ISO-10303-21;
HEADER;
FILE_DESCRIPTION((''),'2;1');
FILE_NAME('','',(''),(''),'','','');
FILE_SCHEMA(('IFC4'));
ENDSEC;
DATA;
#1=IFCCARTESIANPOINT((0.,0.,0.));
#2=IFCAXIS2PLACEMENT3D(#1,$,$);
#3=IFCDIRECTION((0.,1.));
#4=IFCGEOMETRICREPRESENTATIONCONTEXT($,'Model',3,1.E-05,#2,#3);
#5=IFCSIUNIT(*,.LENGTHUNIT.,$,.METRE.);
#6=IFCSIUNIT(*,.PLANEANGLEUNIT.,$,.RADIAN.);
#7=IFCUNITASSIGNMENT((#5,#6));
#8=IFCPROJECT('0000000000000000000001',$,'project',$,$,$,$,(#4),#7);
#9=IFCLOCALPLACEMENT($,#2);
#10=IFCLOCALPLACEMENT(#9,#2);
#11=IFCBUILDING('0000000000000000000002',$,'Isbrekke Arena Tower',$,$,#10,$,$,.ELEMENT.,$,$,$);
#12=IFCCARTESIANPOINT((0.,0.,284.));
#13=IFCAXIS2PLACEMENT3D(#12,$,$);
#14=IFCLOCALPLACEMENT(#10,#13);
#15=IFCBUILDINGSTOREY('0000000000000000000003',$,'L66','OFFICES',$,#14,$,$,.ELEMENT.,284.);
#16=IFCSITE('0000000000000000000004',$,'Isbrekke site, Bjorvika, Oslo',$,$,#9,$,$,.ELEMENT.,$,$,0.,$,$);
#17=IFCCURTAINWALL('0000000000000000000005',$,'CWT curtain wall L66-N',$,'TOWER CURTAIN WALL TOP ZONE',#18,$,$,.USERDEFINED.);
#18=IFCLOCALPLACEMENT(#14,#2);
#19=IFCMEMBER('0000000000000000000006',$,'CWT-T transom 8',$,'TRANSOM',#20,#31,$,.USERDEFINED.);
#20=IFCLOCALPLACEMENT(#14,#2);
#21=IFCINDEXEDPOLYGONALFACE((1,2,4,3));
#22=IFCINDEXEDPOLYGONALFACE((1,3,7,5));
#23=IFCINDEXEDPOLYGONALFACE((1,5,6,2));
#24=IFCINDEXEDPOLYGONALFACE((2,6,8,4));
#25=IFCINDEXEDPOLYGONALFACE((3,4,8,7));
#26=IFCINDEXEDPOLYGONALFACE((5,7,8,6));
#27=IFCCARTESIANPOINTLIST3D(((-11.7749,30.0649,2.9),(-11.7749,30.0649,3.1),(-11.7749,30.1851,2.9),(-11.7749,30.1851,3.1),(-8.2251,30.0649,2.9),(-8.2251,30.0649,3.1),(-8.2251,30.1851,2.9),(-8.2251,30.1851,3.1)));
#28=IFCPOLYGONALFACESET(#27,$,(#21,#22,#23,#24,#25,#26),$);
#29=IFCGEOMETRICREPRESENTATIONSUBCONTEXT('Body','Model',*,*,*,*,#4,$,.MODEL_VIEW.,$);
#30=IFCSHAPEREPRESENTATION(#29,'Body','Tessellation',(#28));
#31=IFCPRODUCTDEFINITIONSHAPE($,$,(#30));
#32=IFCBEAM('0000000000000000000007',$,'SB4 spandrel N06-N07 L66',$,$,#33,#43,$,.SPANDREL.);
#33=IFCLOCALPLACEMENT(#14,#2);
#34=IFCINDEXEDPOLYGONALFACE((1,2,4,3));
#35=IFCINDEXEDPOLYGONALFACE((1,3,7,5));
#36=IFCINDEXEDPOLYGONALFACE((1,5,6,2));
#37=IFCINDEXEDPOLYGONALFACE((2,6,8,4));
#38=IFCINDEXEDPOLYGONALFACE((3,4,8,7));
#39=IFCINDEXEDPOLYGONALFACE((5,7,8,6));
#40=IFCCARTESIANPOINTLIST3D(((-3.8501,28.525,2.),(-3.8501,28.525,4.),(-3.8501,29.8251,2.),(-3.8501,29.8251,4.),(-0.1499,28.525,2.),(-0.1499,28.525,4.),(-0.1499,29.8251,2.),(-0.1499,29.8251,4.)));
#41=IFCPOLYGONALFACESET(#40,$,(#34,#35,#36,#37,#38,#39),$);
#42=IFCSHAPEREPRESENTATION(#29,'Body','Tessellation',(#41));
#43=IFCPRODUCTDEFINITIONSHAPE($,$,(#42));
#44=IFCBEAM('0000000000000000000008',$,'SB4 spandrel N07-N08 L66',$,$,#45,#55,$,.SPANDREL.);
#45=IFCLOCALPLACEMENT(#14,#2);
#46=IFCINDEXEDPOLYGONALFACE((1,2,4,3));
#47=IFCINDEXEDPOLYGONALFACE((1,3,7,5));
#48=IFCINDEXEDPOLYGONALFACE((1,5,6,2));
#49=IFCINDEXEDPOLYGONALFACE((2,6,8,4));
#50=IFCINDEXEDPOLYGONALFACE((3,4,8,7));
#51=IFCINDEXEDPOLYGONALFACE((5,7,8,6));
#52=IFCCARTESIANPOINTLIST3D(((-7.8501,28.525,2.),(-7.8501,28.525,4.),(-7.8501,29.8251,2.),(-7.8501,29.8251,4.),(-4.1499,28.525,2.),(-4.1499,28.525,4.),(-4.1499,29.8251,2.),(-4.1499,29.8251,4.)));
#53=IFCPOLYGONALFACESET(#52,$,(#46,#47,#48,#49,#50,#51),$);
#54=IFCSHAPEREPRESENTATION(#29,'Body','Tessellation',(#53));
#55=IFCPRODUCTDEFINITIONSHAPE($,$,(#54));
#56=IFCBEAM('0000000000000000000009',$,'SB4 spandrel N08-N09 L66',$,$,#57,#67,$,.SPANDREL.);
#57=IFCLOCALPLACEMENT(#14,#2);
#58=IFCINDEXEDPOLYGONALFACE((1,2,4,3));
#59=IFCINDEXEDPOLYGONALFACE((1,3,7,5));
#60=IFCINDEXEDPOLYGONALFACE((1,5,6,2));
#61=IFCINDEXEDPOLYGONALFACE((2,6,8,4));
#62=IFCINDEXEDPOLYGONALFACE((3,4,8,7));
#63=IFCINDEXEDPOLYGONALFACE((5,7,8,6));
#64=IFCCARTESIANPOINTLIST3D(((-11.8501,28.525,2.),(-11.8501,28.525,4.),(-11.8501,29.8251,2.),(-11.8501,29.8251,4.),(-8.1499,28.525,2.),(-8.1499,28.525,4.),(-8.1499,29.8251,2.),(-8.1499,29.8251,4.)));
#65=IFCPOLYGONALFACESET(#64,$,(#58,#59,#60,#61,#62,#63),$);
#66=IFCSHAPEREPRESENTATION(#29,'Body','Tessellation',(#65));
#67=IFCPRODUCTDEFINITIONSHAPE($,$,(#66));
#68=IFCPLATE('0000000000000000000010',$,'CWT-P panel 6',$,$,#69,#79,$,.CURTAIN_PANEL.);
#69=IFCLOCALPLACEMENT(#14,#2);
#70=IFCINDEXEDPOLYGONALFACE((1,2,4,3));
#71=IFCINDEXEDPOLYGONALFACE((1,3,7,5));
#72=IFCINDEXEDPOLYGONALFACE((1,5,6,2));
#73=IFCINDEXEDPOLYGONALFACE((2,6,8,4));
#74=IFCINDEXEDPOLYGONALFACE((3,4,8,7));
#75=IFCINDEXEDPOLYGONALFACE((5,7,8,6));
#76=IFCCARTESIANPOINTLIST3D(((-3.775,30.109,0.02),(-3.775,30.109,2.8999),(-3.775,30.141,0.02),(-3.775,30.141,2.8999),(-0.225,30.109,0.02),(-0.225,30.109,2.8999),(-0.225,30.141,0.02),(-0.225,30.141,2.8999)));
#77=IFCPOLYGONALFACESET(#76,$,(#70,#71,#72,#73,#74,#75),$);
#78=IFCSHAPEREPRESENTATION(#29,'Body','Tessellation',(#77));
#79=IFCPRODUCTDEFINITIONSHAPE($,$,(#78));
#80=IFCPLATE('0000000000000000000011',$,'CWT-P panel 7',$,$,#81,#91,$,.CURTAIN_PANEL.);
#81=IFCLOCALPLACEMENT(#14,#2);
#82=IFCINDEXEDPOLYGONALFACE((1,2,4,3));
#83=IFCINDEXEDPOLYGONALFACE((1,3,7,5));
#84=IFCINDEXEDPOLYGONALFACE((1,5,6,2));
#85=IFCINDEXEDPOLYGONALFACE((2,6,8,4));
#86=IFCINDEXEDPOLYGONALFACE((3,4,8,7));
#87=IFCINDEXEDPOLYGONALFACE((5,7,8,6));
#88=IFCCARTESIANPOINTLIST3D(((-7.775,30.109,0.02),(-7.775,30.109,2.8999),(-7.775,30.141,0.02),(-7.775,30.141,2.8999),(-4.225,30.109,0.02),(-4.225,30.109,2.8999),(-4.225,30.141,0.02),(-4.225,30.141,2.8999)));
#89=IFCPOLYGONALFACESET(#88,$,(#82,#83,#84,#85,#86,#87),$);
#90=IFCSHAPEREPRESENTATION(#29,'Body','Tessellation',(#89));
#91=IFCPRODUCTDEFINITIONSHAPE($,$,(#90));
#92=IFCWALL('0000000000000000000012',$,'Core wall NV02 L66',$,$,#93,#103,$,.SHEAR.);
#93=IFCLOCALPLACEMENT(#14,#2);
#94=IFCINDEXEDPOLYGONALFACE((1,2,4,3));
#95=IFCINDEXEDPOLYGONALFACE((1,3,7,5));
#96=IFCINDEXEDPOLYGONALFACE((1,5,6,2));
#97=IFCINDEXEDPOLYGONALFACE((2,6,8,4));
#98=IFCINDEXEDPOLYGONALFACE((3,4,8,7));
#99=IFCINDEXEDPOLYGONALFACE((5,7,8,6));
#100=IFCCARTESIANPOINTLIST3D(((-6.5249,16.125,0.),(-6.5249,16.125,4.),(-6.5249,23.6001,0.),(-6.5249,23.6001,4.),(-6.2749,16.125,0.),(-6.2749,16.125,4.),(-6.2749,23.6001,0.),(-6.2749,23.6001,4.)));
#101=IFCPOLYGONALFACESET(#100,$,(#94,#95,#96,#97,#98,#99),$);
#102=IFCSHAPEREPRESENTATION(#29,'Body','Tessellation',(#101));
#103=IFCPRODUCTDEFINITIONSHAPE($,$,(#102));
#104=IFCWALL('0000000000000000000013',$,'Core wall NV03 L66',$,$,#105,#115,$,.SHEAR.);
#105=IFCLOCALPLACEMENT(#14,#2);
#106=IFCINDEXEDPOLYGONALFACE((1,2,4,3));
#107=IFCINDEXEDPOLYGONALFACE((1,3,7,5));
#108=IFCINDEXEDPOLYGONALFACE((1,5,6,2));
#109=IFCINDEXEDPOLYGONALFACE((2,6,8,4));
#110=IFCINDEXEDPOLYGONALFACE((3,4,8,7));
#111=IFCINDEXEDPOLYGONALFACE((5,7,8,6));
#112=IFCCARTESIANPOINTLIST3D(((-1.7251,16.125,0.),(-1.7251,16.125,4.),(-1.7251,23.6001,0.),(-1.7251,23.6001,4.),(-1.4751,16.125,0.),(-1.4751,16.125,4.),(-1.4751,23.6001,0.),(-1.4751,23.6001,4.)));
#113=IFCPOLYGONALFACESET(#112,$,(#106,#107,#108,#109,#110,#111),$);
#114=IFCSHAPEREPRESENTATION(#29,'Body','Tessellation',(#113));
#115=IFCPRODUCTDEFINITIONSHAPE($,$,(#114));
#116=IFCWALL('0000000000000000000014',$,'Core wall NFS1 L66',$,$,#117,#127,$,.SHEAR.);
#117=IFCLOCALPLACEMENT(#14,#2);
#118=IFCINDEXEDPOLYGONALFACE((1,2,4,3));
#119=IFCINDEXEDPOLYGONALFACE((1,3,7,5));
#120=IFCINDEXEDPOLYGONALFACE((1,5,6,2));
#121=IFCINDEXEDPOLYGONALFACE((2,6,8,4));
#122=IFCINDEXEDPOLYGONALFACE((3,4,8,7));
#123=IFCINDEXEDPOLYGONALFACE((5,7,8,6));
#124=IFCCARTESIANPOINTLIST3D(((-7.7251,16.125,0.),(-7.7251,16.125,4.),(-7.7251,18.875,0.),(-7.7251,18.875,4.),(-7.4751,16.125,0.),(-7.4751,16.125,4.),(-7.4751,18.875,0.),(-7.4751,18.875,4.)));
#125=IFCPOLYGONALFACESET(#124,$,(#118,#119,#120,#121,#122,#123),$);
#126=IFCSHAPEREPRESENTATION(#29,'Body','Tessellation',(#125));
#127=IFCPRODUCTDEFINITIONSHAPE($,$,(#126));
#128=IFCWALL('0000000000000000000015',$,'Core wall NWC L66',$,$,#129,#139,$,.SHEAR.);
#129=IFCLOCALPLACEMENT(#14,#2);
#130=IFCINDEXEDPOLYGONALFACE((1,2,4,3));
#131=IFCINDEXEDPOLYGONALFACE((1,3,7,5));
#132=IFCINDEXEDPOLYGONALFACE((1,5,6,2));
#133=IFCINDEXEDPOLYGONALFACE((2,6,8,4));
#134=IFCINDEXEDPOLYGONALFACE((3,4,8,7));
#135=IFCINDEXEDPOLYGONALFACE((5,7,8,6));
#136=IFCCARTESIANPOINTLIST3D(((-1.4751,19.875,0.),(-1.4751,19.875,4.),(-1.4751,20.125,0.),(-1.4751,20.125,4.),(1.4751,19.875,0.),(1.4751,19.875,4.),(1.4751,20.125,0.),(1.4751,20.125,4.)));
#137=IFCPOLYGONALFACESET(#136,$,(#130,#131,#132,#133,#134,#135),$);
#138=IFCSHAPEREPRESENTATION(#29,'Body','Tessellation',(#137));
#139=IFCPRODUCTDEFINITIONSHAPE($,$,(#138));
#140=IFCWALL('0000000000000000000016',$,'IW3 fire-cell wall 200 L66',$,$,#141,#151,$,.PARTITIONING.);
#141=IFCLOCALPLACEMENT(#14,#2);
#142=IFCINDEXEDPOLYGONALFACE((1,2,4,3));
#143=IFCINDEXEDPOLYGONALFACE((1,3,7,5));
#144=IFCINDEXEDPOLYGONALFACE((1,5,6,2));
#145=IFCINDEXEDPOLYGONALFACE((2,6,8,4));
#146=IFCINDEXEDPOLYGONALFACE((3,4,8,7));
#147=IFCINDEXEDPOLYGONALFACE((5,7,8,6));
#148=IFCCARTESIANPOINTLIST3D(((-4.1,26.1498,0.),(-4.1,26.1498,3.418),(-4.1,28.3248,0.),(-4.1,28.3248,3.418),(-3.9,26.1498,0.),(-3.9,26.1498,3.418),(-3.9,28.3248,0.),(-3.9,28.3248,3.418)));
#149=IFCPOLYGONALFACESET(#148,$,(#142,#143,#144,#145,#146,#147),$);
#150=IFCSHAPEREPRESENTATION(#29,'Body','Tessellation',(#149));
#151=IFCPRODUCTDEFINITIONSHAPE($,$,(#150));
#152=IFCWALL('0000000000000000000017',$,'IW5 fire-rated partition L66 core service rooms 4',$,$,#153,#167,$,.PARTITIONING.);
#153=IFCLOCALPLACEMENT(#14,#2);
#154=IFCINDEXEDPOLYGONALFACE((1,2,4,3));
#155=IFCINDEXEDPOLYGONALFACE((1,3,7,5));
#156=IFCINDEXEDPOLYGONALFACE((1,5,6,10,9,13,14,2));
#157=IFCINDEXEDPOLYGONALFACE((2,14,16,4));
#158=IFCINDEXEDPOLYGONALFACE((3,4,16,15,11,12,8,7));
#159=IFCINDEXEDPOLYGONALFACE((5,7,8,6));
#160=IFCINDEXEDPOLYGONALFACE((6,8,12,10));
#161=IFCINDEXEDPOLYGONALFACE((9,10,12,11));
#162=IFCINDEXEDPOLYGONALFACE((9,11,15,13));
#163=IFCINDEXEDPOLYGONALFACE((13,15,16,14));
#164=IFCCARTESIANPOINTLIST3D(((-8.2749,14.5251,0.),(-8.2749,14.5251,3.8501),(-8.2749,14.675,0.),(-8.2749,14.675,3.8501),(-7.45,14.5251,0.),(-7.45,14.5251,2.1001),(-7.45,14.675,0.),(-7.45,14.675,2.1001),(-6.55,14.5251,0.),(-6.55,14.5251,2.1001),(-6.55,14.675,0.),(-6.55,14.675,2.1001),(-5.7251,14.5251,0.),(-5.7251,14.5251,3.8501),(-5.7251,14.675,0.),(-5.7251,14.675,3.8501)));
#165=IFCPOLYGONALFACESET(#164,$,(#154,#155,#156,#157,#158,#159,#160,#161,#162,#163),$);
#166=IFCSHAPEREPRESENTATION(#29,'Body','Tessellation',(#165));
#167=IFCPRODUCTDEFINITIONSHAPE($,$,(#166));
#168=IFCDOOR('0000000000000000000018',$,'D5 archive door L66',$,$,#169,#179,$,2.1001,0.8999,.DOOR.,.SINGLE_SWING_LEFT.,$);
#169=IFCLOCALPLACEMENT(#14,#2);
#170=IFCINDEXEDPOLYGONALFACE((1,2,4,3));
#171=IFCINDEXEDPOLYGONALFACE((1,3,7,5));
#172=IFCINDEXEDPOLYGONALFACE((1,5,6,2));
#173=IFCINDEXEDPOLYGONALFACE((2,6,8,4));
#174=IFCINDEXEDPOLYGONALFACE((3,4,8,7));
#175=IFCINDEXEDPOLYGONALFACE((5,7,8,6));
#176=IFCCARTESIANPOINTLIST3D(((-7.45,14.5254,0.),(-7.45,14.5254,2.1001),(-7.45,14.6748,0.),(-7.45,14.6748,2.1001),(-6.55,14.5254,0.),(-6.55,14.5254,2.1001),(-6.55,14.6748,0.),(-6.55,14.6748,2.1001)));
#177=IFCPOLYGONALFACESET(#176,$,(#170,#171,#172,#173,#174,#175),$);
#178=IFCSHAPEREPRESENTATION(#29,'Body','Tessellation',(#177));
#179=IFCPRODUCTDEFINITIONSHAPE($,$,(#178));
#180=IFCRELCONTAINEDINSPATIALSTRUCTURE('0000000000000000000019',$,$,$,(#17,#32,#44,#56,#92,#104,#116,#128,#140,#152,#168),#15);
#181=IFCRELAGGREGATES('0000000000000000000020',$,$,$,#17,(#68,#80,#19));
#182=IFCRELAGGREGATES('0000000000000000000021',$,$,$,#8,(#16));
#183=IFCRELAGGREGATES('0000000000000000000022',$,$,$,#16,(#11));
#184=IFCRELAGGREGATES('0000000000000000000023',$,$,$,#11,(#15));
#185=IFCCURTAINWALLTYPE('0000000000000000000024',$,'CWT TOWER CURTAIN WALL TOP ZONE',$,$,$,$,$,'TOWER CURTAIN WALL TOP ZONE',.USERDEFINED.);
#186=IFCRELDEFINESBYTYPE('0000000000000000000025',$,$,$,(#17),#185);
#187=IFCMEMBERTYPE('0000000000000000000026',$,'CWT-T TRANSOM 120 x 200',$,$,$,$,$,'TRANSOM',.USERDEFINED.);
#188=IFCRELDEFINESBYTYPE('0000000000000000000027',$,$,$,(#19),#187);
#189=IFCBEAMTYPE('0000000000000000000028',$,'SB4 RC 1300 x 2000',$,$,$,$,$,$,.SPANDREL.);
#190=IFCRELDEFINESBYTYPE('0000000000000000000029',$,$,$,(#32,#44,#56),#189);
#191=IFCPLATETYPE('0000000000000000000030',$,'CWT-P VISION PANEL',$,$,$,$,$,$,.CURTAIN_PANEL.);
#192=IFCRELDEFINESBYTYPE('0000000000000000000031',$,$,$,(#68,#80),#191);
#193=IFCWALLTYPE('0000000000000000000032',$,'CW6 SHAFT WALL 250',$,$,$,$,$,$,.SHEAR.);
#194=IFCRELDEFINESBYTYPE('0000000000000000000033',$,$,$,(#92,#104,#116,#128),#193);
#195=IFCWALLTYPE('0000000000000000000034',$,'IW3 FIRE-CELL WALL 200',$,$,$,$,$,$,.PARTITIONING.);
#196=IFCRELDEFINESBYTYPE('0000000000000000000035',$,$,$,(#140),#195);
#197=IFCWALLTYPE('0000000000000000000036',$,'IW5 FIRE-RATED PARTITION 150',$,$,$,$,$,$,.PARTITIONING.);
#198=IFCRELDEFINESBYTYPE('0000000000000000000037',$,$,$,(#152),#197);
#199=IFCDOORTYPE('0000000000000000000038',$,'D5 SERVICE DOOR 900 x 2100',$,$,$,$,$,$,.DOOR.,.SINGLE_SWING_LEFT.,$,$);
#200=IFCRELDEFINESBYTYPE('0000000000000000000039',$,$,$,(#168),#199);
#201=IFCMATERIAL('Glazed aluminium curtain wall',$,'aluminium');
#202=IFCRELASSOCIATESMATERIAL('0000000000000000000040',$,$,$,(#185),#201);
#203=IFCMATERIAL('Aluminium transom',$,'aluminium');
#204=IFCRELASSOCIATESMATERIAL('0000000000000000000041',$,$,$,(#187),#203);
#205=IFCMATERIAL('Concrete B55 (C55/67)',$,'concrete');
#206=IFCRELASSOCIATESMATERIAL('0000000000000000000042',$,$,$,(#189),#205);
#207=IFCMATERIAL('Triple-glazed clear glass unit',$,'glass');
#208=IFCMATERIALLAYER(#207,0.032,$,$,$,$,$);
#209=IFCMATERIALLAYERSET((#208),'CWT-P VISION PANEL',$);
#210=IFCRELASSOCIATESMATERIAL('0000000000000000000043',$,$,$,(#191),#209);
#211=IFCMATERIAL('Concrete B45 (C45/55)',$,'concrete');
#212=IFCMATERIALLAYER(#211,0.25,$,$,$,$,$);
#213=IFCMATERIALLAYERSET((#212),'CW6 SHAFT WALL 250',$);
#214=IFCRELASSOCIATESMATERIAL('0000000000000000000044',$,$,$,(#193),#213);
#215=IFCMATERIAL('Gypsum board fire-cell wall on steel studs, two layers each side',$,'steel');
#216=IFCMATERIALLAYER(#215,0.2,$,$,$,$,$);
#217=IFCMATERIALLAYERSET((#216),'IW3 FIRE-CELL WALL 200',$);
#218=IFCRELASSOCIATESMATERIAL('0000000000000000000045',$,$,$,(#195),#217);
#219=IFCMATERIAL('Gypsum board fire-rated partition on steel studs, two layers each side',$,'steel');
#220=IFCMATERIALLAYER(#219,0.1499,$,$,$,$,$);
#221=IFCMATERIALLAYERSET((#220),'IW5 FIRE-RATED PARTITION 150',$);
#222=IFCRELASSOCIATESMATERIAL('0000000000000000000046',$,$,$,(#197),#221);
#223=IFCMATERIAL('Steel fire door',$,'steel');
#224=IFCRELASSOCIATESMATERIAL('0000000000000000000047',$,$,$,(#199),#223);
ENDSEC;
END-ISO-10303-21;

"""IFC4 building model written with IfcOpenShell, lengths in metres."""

from ifc_helpers import new_model, si_unit, direction, frame, frame_2d, origin, origin_2d, place, context, subcontext, project, spatial, rectangle, extrude, material, layer, layer_set, material_profile, profile_set, type_object, element, fill, aggregate, save


model = new_model("IFC4")

# Units and contexts
model_context = context("Model", 3, precision=1e-05, world=origin(), true_north=direction((0.0, 1.0)))
body_context = subcontext(model_context, "Body", "Model", "MODEL_VIEW")
ifc_project = project(units=[si_unit("LENGTHUNIT", "METRE"), si_unit("PLANEANGLEUNIT", "RADIAN")], contexts=[model_context])

# Site, building, storey
site_placement = place(None, origin())
site = spatial("IfcSite", under=ifc_project, at=site_placement, Name="Isbrekke site, Bjorvika, Oslo", CompositionType="ELEMENT", RefElevation=0.0)
building_placement = place(site_placement, origin())
building = spatial("IfcBuilding", under=site, at=building_placement, Name="Isbrekke Arena Tower", CompositionType="ELEMENT")
storey_placement = place(building_placement, frame((0.0, 0.0, 284.0)))
storey = spatial("IfcBuildingStorey", under=building, at=storey_placement, Name="L66", Description="OFFICES", CompositionType="ELEMENT", Elevation=284.0)

# Curtain wall, member
ifc_material_1 = material(Name="Glazed aluminium curtain wall", Category="aluminium")
curtain_wall_type = type_object("IfcCurtainWallType", Name="CWT TOWER CURTAIN WALL TOP ZONE", ElementType="TOWER CURTAIN WALL TOP ZONE", PredefinedType="USERDEFINED", material=ifc_material_1)
curtain_wall_placement = place(storey_placement, origin())
curtain_wall = element("IfcCurtainWall", 1, at=curtain_wall_placement, inside=storey, type_object=curtain_wall_type, Name="CWT curtain wall L66-N", ObjectType="TOWER CURTAIN WALL TOP ZONE", PredefinedType="USERDEFINED")
ifc_material_2 = material(Name="Aluminium transom", Category="aluminium")
ifc_material_profile_1 = material_profile(ifc_material_2, rectangle(XDim=0.1201, YDim=0.2, at=origin_2d()), Name="TRANSOM 120X200")
ifc_profile_set_1 = profile_set([ifc_material_profile_1], Name="Aluminium transom")
member_type_1 = type_object("IfcMemberType", Name="CWT-T TRANSOM 120 x 200", ElementType="TRANSOM", PredefinedType="USERDEFINED", material=ifc_profile_set_1)
member_1_placement = place(storey_placement, frame((-8.2251, 30.125, 3.0), z_axis=(-1.0, 0.0, 0.0), x_axis=(0.0, -1.0, 0.0)))
member_1 = element("IfcMember", 2, at=member_1_placement, type_object=member_type_1, Name="CWT-T transom 8", ObjectType="TRANSOM", PredefinedType="USERDEFINED", context=body_context, shape_type="SweptSolid", body=[
    extrude(rectangle(XDim=0.1201, YDim=0.2, at=origin_2d()), origin(), (0.0, 0.0, 1.0), 3.5498),
])

# Beams
ifc_material_3 = material(Name="Concrete B55 (C55/67)", Category="concrete")
ifc_material_profile_2 = material_profile(ifc_material_3, rectangle(XDim=1.3, YDim=2.0, at=origin_2d()), Name="RC 1300x2000")
ifc_profile_set_2 = profile_set([ifc_material_profile_2], Name="Concrete B55 (C55/67)")
beam_type_1 = type_object("IfcBeamType", Name="SB4 RC 1300 x 2000", PredefinedType="SPANDREL", material=ifc_profile_set_2)
for number, where, z_axis, x_axis, name in (
    (3, (-0.1499, 29.175, 3.0), (-1.0, 0.0, 0.0), (0.0, -1.0, 0.0), "SB4 spandrel N06-N07 L66"),
    (4, (-4.1499, 29.175, 3.0), (-1.0, 0.0, 0.0), (0.0, -1.0, 0.0), "SB4 spandrel N07-N08 L66"),
    (5, (-8.1499, 29.175, 3.0), (-1.0, 0.0, 0.0), (0.0, -1.0, 0.0), "SB4 spandrel N08-N09 L66"),
):
    element("IfcBeam", number, at=place(storey_placement, frame(where, z_axis=z_axis, x_axis=x_axis)), inside=storey, type_object=beam_type_1, Name=name, PredefinedType="SPANDREL", context=body_context, shape_type="SweptSolid", body=[
        extrude(rectangle(XDim=1.3, YDim=2.0, at=origin_2d()), origin(), (0.0, 0.0, 1.0), 3.7002),
    ])

# Plates
ifc_material_4 = material(Name="Triple-glazed clear glass unit", Category="glass")
ifc_layer_1 = layer(ifc_material_4, 0.032)
ifc_layer_set_1 = layer_set([ifc_layer_1], Name="CWT-P VISION PANEL")
plate_type = type_object("IfcPlateType", Name="CWT-P VISION PANEL", PredefinedType="CURTAIN_PANEL", material=ifc_layer_set_1)
plate_1_placement = place(storey_placement, frame((-2.0, 30.125, 0.02), z_axis=(0.0, 0.0, 1.0), x_axis=(-1.0, 0.0, 0.0)))
plate_1 = element("IfcPlate", 6, at=plate_1_placement, type_object=plate_type, Name="CWT-P panel 6", PredefinedType="CURTAIN_PANEL", context=body_context, shape_type="SweptSolid", body=[
    extrude(rectangle(XDim=3.55, YDim=0.032, at=origin_2d()), origin(), (0.0, 0.0, 1.0), 2.8799),
])
plate_2_placement = place(storey_placement, frame((-6.0, 30.125, 0.02), z_axis=(0.0, 0.0, 1.0), x_axis=(-1.0, 0.0, 0.0)))
plate_2 = element("IfcPlate", 7, at=plate_2_placement, type_object=plate_type, Name="CWT-P panel 7", PredefinedType="CURTAIN_PANEL", context=body_context, shape_type="SweptSolid", body=[
    extrude(rectangle(XDim=3.55, YDim=0.032, at=origin_2d()), origin(), (0.0, 0.0, 1.0), 2.8799),
])
aggregate(curtain_wall, [plate_1, plate_2, member_1])

# Walls
ifc_material_5 = material(Name="Concrete B45 (C45/55)", Category="concrete")
ifc_layer_2 = layer(ifc_material_5, 0.25)
ifc_layer_set_2 = layer_set([ifc_layer_2], Name="CW6 SHAFT WALL 250")
wall_type_1 = type_object("IfcWallType", Name="CW6 SHAFT WALL 250", PredefinedType="SHEAR", material=ifc_layer_set_2)
for number, where, z_axis, x_axis, name in (
    (8, (-6.3999, 16.125, 0.0), (0.0, 0.0, 1.0), (0.0, 1.0, 0.0), "Core wall NV02 L66"),
    (9, (-1.6001, 16.125, 0.0), (0.0, 0.0, 1.0), (0.0, 1.0, 0.0), "Core wall NV03 L66"),
):
    element("IfcWall", number, at=place(storey_placement, frame(where, z_axis=z_axis, x_axis=x_axis)), inside=storey, type_object=wall_type_1, Name=name, PredefinedType="SHEAR", context=body_context, shape_type="SweptSolid", body=[
        extrude(rectangle(XDim=7.4751, YDim=0.25, at=frame_2d((3.7375, 0.0))), origin(), (0.0, 0.0, 1.0), 4.0),
    ])
wall_1_placement = place(storey_placement, frame((-7.6001, 16.125, 0.0), z_axis=(0.0, 0.0, 1.0), x_axis=(0.0, 1.0, 0.0)))
element("IfcWall", 10, at=wall_1_placement, inside=storey, type_object=wall_type_1, Name="Core wall NFS1 L66", PredefinedType="SHEAR", context=body_context, shape_type="SweptSolid", body=[
    extrude(rectangle(XDim=2.75, YDim=0.25, at=frame_2d((1.375, 0.0))), origin(), (0.0, 0.0, 1.0), 4.0),
])
wall_2_placement = place(storey_placement, frame((-1.4751, 20.0, 0.0), z_axis=(0.0, 0.0, 1.0), x_axis=(1.0, 0.0, 0.0)))
element("IfcWall", 11, at=wall_2_placement, inside=storey, type_object=wall_type_1, Name="Core wall NWC L66", PredefinedType="SHEAR", context=body_context, shape_type="SweptSolid", body=[
    extrude(rectangle(XDim=2.9502, YDim=0.25, at=frame_2d((1.4751, 0.0))), origin(), (0.0, 0.0, 1.0), 4.0),
])
ifc_material_6 = material(Name="Gypsum board fire-cell wall on steel studs, two layers each side", Category="steel")
ifc_layer_3 = layer(ifc_material_6, 0.2)
ifc_layer_set_3 = layer_set([ifc_layer_3], Name="IW3 FIRE-CELL WALL 200")
wall_type_2 = type_object("IfcWallType", Name="IW3 FIRE-CELL WALL 200", PredefinedType="PARTITIONING", material=ifc_layer_set_3)
wall_3_placement = place(storey_placement, frame((-4.0, 26.1499, 0.0), z_axis=(0.0, 0.0, 1.0), x_axis=(0.0, 1.0, 0.0)))
element("IfcWall", 12, at=wall_3_placement, inside=storey, type_object=wall_type_2, Name="IW3 fire-cell wall 200 L66", PredefinedType="PARTITIONING", context=body_context, shape_type="SweptSolid", body=[
    extrude(rectangle(XDim=2.175, YDim=0.2, at=frame_2d((1.0874, 0.0))), origin(), (0.0, 0.0, 1.0), 3.418),
])

# Wall, opening, door
ifc_material_7 = material(Name="Gypsum board fire-rated partition on steel studs, two layers each side", Category="steel")
ifc_layer_4 = layer(ifc_material_7, 0.1499)
ifc_layer_set_4 = layer_set([ifc_layer_4], Name="IW5 FIRE-RATED PARTITION 150")
wall_type_3 = type_object("IfcWallType", Name="IW5 FIRE-RATED PARTITION 150", PredefinedType="PARTITIONING", material=ifc_layer_set_4)
wall_4_placement = place(storey_placement, frame((-8.2749, 14.6001, 0.0), z_axis=(0.0, 0.0, 1.0), x_axis=(1.0, 0.0, 0.0)))
wall_4 = element("IfcWall", 13, at=wall_4_placement, inside=storey, type_object=wall_type_3, Name="IW5 fire-rated partition L66 core service rooms 4", PredefinedType="PARTITIONING", context=body_context, shape_type="SweptSolid", body=[
    extrude(rectangle(XDim=2.5498, YDim=0.1499, at=frame_2d((1.2749, 0.0))), origin(), (0.0, 0.0, 1.0), 3.8501),
])
opening_placement = place(wall_4_placement, frame((0.825, 0.0, 0.0)))
opening = element("IfcOpeningElement", 14, at=opening_placement, cuts=wall_4, PredefinedType="OPENING", context=body_context, shape_type="SweptSolid", body=[
    extrude(rectangle(XDim=0.8999, YDim=2.1001, at=frame_2d((0.45, 1.05))), frame((0.0, 0.0898, 0.0), z_axis=(0.0, -1.0, 0.0), x_axis=(1.0, 0.0, 0.0)), (0.0, 0.0, 1.0), 0.1797),
])
ifc_material_8 = material(Name="Steel fire door", Category="steel")
door_type = type_object("IfcDoorType", Name="D5 SERVICE DOOR 900 x 2100", OperationType="SINGLE_SWING_LEFT", PredefinedType="DOOR", material=ifc_material_8)
door_placement = place(opening_placement, origin())
door = element("IfcDoor", 15, at=door_placement, inside=storey, type_object=door_type, Name="D5 archive door L66", OperationType="SINGLE_SWING_LEFT", OverallHeight=2.1001, OverallWidth=0.8999, PredefinedType="DOOR", context=body_context, shape_type="SweptSolid", body=[
    extrude(rectangle(XDim=0.8999, YDim=2.1001, at=frame_2d((0.45, 1.05))), frame((0.0, 0.0747, 0.0), z_axis=(0.0, -1.0, 0.0), x_axis=(1.0, 0.0, 0.0)), (0.0, 0.0, 1.0), 0.1494),
])
fill(opening, door)

save(model, "model.ifc")
